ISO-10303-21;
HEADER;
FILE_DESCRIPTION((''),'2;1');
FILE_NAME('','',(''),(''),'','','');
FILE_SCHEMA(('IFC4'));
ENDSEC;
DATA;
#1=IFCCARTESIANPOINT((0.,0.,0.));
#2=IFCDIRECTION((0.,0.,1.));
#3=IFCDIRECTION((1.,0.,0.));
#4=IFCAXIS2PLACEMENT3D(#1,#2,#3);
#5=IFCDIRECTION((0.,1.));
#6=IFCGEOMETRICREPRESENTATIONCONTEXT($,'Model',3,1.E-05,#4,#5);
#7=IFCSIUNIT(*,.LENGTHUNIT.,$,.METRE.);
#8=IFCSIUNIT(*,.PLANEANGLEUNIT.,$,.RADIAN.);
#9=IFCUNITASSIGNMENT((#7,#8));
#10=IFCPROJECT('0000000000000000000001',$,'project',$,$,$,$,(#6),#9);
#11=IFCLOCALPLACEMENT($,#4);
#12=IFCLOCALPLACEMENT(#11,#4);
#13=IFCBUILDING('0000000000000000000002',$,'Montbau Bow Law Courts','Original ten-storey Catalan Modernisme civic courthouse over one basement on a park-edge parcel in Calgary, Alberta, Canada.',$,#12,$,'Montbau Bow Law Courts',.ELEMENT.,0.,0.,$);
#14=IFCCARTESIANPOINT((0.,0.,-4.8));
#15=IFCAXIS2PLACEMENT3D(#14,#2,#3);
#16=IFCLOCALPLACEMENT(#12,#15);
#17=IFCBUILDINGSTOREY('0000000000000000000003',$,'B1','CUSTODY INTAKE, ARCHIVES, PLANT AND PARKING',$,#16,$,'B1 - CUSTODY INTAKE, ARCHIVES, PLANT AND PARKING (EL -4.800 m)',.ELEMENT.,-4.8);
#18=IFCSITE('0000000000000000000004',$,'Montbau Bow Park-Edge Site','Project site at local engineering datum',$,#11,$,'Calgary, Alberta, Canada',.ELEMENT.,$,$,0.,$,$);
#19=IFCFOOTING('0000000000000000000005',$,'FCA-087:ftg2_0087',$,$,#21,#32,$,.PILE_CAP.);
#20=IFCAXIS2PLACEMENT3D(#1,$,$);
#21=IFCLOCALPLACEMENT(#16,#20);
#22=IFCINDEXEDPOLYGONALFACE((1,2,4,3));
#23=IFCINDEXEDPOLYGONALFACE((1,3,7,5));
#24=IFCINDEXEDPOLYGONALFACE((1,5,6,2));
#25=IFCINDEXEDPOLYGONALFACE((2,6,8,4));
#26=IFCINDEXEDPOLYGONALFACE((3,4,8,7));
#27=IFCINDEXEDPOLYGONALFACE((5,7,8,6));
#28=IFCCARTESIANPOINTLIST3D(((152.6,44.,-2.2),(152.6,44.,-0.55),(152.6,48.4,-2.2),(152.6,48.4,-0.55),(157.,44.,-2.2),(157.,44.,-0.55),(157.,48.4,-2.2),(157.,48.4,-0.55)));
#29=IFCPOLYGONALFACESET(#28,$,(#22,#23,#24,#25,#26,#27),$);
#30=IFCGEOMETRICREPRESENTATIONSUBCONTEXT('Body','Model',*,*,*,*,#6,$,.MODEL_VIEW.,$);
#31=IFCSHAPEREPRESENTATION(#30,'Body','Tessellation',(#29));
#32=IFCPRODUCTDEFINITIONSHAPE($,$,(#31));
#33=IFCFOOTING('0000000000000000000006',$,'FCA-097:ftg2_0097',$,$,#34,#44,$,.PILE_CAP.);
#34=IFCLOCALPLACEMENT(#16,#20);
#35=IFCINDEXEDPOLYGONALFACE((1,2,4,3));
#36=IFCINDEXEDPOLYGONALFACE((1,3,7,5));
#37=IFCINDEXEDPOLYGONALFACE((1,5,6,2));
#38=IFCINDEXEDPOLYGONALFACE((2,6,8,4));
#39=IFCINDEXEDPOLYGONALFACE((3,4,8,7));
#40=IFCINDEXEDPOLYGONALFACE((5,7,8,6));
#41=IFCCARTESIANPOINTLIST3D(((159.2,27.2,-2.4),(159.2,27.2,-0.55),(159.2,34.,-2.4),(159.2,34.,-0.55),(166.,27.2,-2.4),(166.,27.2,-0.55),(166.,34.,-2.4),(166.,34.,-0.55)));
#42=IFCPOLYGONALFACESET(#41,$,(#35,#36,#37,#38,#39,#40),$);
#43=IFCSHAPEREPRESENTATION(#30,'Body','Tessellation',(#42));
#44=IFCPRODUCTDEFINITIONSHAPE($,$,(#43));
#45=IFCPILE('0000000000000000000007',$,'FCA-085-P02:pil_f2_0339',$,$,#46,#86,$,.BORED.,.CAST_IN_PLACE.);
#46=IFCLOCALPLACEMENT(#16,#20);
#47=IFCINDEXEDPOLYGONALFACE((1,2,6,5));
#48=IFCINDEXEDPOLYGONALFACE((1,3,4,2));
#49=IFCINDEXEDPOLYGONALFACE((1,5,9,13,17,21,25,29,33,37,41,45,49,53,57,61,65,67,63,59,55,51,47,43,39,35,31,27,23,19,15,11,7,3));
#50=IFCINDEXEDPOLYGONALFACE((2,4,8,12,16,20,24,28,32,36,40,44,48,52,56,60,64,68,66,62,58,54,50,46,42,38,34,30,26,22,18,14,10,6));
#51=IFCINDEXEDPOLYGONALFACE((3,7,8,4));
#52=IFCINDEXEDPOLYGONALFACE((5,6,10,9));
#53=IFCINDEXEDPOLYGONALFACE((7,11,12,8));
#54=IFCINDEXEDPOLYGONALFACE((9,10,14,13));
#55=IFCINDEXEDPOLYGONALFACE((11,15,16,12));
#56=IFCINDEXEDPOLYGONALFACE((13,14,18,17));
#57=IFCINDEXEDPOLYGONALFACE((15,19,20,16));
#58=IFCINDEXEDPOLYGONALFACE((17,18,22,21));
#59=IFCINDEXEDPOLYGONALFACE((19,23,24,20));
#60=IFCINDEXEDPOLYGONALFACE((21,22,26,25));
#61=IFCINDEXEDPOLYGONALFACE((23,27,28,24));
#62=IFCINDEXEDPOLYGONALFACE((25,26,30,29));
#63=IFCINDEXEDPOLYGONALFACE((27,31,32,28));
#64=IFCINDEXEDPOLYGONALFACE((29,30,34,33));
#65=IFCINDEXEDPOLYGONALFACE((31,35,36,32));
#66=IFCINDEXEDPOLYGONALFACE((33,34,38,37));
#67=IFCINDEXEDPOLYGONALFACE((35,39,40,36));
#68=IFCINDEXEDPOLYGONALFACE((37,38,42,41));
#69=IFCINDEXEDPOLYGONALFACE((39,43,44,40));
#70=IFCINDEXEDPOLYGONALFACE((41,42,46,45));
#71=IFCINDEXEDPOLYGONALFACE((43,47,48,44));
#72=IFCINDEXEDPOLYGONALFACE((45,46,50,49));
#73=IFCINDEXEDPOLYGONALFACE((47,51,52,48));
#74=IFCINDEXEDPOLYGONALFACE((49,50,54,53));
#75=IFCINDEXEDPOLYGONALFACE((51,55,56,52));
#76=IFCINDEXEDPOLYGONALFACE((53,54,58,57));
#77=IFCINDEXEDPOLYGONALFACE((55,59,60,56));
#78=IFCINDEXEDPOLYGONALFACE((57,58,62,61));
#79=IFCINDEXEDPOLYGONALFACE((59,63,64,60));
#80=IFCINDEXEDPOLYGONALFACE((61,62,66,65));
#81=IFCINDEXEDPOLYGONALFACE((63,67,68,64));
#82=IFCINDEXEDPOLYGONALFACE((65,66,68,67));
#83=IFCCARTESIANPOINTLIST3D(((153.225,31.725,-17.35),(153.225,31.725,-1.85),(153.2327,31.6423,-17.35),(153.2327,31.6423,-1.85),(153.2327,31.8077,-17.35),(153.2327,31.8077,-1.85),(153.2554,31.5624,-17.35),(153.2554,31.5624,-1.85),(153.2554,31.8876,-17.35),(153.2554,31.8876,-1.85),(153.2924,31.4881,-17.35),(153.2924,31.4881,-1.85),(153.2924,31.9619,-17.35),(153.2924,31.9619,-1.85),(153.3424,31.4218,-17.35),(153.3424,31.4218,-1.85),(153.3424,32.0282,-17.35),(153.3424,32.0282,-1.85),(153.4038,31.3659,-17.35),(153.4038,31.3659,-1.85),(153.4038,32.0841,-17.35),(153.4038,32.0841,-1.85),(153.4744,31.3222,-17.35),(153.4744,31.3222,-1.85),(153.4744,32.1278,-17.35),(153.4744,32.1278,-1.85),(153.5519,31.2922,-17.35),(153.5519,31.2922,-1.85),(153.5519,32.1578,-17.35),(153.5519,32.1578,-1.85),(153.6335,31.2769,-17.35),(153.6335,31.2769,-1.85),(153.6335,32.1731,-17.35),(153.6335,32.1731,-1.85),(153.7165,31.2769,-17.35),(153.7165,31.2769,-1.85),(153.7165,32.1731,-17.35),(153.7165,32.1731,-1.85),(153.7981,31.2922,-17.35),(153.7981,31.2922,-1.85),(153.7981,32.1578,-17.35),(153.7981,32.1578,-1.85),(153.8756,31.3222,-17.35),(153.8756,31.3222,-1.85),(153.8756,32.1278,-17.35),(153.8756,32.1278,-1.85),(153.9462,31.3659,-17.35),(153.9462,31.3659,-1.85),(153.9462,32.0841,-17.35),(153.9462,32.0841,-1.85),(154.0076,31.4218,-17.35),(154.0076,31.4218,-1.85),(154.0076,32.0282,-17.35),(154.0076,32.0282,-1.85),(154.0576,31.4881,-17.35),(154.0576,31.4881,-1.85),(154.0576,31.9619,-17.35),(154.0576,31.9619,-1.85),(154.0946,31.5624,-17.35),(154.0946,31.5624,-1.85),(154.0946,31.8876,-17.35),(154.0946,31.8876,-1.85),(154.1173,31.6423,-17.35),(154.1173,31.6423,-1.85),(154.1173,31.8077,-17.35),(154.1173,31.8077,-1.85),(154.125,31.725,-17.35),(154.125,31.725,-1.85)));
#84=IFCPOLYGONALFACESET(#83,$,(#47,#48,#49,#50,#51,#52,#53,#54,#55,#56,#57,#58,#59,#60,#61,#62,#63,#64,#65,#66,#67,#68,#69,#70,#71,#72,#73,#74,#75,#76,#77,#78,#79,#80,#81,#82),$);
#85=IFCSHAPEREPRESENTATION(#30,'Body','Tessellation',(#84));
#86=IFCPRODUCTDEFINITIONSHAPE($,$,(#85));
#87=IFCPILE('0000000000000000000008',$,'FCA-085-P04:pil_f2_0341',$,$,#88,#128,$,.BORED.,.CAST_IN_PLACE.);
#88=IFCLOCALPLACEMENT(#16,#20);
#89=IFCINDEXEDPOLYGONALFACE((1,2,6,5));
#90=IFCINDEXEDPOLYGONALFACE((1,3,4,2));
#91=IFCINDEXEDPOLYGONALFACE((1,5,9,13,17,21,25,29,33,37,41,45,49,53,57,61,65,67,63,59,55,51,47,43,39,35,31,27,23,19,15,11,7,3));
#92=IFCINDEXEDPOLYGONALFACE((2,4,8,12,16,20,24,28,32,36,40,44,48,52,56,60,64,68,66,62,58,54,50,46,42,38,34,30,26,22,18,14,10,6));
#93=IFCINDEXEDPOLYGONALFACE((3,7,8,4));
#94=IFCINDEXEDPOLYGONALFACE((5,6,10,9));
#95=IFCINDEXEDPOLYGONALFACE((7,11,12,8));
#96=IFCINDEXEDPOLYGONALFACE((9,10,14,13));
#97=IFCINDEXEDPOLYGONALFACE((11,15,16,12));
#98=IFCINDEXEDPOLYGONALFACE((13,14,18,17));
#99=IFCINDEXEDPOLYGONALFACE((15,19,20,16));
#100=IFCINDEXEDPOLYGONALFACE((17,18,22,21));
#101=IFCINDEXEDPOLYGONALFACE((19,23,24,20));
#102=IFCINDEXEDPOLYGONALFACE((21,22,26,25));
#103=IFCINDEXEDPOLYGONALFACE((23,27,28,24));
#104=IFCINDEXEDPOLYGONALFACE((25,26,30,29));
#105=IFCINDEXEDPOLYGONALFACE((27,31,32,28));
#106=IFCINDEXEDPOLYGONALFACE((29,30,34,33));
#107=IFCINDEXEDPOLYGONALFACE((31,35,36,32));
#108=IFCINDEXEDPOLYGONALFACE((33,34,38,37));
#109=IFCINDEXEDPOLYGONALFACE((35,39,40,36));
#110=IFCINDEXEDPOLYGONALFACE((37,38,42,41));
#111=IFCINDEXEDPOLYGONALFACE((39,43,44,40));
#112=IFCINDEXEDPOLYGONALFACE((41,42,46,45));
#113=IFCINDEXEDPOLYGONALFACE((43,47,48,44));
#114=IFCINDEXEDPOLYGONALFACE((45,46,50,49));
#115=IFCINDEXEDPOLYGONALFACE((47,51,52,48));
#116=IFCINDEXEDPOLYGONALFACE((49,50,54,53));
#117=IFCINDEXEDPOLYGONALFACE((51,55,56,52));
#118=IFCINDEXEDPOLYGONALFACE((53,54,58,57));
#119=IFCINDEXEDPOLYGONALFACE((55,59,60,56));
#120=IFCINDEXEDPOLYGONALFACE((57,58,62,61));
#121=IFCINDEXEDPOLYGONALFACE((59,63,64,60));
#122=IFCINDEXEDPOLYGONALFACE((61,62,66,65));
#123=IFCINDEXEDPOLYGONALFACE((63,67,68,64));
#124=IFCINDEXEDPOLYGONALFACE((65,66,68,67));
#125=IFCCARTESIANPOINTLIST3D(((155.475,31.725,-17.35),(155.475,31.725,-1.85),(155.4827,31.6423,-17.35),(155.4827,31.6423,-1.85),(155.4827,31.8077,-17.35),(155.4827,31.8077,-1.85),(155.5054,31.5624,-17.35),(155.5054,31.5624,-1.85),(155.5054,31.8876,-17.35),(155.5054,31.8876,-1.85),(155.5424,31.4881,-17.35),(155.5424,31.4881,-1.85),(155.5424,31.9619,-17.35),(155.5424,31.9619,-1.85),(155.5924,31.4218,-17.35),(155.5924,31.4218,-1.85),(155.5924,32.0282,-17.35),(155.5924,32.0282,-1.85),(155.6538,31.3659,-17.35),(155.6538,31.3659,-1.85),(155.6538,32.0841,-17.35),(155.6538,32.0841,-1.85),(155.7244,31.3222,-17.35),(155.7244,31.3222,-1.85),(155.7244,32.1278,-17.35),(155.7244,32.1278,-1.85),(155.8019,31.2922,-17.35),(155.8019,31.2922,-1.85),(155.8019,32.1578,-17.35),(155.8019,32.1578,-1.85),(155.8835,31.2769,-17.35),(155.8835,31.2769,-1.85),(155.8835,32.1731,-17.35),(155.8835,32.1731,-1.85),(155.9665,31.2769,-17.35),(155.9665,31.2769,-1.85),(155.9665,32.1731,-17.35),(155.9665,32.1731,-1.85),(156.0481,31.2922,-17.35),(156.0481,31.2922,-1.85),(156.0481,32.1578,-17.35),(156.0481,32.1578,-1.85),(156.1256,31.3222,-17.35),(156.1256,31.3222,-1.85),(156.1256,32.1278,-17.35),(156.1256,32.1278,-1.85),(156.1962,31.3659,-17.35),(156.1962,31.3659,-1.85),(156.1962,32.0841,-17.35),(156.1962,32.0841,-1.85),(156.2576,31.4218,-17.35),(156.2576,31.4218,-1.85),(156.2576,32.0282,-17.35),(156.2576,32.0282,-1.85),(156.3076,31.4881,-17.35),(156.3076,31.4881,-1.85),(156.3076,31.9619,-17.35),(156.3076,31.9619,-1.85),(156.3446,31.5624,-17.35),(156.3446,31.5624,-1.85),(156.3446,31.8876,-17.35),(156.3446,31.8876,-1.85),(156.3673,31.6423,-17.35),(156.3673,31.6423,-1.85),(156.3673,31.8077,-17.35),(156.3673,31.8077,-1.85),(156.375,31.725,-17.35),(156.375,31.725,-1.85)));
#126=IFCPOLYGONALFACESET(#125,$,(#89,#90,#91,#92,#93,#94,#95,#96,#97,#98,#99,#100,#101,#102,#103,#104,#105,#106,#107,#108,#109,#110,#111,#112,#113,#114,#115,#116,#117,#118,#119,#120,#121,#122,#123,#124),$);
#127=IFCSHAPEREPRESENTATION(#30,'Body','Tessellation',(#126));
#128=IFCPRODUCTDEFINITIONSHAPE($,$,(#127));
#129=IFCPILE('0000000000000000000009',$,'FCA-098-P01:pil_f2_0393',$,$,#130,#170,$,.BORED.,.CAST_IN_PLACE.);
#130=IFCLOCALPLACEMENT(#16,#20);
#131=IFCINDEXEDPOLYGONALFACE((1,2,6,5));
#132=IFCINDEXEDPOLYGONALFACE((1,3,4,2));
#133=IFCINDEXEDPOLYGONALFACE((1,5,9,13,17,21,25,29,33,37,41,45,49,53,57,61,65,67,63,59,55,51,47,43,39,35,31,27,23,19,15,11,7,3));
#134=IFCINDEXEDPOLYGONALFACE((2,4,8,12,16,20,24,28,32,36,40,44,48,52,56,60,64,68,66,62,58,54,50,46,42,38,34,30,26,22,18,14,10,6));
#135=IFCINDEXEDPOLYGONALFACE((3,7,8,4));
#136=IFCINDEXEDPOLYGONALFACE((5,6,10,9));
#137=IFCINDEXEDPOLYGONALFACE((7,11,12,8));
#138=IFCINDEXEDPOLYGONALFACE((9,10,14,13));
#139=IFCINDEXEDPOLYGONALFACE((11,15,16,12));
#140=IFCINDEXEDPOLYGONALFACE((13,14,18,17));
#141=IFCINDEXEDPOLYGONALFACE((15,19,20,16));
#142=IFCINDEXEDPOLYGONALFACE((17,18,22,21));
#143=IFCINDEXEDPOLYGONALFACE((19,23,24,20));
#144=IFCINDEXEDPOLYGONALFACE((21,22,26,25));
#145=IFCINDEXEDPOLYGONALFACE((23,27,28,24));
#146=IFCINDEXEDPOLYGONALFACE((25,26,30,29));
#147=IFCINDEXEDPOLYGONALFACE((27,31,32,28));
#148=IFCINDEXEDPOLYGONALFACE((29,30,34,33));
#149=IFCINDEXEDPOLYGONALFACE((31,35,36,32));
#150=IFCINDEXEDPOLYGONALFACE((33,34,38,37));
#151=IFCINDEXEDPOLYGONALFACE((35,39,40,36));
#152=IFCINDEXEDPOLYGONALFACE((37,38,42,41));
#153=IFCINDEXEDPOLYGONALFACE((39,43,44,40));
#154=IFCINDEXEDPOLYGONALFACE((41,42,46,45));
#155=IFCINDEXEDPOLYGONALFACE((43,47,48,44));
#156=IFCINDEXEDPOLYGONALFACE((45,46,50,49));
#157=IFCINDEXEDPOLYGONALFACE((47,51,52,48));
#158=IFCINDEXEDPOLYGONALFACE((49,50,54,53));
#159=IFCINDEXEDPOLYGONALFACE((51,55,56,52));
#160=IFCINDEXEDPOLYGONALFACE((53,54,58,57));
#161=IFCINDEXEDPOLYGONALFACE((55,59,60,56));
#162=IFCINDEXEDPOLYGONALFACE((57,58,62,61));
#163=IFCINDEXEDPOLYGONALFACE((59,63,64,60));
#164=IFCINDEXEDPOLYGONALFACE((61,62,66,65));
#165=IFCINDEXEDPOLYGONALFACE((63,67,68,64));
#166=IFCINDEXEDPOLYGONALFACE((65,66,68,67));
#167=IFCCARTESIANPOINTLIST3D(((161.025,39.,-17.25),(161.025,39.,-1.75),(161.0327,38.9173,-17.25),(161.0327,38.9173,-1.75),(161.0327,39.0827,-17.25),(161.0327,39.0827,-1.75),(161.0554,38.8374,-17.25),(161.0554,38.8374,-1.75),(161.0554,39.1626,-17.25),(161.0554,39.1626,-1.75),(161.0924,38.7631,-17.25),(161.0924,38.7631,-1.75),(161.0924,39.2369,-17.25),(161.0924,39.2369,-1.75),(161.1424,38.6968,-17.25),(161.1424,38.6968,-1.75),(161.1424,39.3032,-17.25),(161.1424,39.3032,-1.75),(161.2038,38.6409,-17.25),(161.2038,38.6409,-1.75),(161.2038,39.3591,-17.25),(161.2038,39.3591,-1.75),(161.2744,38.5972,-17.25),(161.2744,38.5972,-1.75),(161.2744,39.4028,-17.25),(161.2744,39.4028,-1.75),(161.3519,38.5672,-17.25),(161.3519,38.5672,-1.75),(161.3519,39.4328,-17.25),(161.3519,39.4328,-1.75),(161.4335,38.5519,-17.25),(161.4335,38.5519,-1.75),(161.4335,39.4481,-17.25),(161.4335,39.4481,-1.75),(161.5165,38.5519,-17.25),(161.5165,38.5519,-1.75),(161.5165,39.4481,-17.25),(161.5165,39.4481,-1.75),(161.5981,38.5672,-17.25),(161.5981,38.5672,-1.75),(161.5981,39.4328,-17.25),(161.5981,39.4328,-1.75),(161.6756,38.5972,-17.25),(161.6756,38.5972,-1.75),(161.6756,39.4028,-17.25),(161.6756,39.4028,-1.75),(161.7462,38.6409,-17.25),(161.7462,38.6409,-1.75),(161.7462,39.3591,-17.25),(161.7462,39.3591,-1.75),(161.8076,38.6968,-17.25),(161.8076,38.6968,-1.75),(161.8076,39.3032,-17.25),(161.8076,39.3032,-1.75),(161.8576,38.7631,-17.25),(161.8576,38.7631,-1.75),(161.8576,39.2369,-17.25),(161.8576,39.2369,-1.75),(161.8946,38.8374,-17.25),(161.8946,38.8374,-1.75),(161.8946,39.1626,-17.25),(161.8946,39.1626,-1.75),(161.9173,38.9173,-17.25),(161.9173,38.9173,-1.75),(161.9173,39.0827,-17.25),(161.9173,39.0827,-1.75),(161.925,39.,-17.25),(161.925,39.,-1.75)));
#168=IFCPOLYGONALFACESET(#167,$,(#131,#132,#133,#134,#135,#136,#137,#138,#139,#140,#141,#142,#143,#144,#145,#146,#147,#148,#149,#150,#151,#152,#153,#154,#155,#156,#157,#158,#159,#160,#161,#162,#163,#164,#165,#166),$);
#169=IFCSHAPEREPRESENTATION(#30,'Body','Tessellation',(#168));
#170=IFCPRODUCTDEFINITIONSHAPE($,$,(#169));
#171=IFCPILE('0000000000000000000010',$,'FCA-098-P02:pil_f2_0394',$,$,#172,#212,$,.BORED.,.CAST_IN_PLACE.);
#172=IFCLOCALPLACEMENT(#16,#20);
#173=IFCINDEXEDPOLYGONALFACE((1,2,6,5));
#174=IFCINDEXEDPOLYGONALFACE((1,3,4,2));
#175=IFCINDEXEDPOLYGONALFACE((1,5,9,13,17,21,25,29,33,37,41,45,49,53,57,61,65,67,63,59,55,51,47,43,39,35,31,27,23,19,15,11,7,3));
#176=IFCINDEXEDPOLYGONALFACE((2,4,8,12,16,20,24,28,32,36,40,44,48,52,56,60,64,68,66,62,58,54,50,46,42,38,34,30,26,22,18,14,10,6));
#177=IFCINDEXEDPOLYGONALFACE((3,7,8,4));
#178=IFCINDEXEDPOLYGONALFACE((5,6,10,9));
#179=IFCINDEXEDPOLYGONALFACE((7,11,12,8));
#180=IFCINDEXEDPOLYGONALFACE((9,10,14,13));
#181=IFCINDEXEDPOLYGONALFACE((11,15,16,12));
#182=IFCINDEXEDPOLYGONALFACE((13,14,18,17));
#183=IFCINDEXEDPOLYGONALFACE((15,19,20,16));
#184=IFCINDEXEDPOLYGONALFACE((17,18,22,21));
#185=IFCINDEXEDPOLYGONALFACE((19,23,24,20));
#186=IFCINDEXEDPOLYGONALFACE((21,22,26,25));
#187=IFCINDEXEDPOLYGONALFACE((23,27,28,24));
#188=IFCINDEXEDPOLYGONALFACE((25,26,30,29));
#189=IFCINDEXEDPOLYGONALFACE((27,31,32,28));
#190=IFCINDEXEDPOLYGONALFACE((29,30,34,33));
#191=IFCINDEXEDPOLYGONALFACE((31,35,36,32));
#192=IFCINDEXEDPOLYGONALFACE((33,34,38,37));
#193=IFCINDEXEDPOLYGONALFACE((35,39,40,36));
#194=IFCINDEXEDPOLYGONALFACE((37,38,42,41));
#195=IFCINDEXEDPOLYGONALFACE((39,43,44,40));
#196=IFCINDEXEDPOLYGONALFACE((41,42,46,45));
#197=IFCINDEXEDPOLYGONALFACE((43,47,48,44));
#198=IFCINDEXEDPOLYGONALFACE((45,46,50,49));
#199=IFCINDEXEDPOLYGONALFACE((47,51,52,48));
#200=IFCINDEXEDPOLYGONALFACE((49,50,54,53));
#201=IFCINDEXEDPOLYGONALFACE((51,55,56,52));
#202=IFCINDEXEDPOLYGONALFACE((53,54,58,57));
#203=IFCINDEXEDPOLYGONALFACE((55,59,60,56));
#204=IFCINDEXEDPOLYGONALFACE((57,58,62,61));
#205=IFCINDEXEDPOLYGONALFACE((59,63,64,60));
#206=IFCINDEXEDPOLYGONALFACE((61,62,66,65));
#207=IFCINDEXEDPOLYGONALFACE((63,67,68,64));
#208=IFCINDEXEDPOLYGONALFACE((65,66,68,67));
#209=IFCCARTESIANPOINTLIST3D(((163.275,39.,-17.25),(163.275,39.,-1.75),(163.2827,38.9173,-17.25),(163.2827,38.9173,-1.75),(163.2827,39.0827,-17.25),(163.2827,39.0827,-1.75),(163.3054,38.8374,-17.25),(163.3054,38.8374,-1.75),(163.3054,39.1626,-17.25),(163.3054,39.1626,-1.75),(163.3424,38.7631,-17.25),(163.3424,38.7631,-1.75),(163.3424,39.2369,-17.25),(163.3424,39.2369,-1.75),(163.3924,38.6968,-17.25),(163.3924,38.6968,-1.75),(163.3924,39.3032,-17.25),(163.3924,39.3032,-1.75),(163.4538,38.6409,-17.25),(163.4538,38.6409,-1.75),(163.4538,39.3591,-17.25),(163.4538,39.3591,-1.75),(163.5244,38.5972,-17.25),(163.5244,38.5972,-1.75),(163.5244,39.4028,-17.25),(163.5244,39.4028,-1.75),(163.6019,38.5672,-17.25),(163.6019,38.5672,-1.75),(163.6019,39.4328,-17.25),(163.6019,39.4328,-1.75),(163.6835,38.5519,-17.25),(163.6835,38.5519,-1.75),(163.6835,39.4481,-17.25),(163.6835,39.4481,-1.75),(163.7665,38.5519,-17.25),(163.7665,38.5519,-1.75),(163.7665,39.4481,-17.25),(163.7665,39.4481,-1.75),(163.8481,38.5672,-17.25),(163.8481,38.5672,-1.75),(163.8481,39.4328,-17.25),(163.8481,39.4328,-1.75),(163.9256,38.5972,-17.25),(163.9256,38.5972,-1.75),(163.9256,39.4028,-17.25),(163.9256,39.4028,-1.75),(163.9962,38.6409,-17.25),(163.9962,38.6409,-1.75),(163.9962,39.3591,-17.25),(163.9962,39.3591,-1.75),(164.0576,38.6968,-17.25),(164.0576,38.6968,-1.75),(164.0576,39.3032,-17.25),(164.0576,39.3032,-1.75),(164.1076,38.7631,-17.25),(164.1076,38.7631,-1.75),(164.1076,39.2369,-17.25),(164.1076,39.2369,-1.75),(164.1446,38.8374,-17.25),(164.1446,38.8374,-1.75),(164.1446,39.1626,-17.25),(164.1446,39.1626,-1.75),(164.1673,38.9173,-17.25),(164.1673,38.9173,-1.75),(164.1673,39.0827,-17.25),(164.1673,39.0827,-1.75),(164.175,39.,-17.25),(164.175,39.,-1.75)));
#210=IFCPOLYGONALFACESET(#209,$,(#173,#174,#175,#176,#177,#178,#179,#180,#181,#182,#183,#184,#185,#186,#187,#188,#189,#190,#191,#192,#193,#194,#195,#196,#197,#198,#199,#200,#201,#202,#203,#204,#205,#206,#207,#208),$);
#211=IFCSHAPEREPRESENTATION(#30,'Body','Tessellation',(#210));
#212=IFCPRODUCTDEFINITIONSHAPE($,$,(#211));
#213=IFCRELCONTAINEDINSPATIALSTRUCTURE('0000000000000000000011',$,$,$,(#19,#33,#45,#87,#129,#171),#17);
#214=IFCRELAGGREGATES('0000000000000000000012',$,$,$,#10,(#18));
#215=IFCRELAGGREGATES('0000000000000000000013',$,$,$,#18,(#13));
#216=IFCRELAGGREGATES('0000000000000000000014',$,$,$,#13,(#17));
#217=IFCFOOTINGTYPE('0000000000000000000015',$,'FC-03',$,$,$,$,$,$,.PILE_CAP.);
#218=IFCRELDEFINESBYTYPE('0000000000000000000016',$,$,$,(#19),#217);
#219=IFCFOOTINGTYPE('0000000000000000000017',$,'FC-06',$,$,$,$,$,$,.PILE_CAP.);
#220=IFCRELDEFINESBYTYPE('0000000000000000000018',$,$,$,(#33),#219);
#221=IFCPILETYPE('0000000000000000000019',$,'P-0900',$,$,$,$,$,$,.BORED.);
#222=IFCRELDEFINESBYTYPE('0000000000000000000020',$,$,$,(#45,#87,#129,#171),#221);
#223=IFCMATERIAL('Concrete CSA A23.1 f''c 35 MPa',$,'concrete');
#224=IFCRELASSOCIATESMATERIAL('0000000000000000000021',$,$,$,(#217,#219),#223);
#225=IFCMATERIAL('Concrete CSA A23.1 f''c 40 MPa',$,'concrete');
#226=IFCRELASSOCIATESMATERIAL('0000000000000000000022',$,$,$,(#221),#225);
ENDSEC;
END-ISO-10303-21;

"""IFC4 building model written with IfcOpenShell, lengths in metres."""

from ifc_helpers import new_model, si_unit, direction, frame, origin_with_axes, origin_2d_with_axis, place, context, subcontext, project, spatial, rectangle, circle, extrude, material, material_profile, profile_set, type_object, element, save


model = new_model("IFC4")

# Units and contexts
model_context = context("Model", 3, precision=1e-05, world=origin_with_axes(), true_north=direction((0.0, 1.0)))
body_context = subcontext(model_context, "Body", "Model", "MODEL_VIEW")
ifc_project = project(units=[si_unit("LENGTHUNIT", "METRE"), si_unit("PLANEANGLEUNIT", "RADIAN")], contexts=[model_context])

# Site, building, storey
site_placement = place(None, origin_with_axes())
site = spatial("IfcSite", under=ifc_project, at=site_placement, Name="Montbau Bow Park-Edge Site", Description="Project site at local engineering datum", LongName="Calgary, Alberta, Canada", CompositionType="ELEMENT", RefElevation=0.0)
building_placement = place(site_placement, origin_with_axes())
building = spatial("IfcBuilding", under=site, at=building_placement, Name="Montbau Bow Law Courts", Description="Original ten-storey Catalan Modernisme civic courthouse over one basement on a park-edge parcel in Calgary, Alberta, Canada.", LongName="Montbau Bow Law Courts", CompositionType="ELEMENT", ElevationOfRefHeight=0.0, ElevationOfTerrain=0.0)
storey_placement = place(building_placement, frame((0.0, 0.0, -4.8), z_axis=(0.0, 0.0, 1.0), x_axis=(1.0, 0.0, 0.0)))
storey = spatial("IfcBuildingStorey", under=building, at=storey_placement, Name="B1", Description="CUSTODY INTAKE, ARCHIVES, PLANT AND PARKING", LongName="B1 - CUSTODY INTAKE, ARCHIVES, PLANT AND PARKING (EL -4.800 m)", CompositionType="ELEMENT", Elevation=-4.8)

# Footings
ifc_material_1 = material(Name="Concrete CSA A23.1 f'c 35 MPa", Category="concrete")
footing_type_1 = type_object("IfcFootingType", Name="FC-03", PredefinedType="PILE_CAP", material=ifc_material_1)
footing_1_placement = place(None, frame((154.8, 46.2, -7.0), z_axis=(0.0, 0.0, 1.0), x_axis=(1.0, 0.0, 0.0)))
element("IfcFooting", 1, at=footing_1_placement, inside=storey, type_object=footing_type_1, Name="FCA-087:ftg2_0087", PredefinedType="PILE_CAP", context=body_context, shape_type="SweptSolid", body=[
    extrude(rectangle(XDim=4.4, YDim=4.4, at=origin_2d_with_axis()), origin_with_axes(), (0.0, 0.0, 1.0), 1.65),
])
footing_type_2 = type_object("IfcFootingType", Name="FC-06", PredefinedType="PILE_CAP", material=ifc_material_1)
footing_2_placement = place(None, frame((162.6, 30.6, -7.2), z_axis=(0.0, 0.0, 1.0), x_axis=(1.0, 0.0, 0.0)))
element("IfcFooting", 2, at=footing_2_placement, inside=storey, type_object=footing_type_2, Name="FCA-097:ftg2_0097", PredefinedType="PILE_CAP", context=body_context, shape_type="SweptSolid", body=[
    extrude(rectangle(XDim=6.8, YDim=6.8, at=origin_2d_with_axis()), origin_with_axes(), (0.0, 0.0, 1.0), 1.85),
])

# Piles
ifc_material_2 = material(Name="Concrete CSA A23.1 f'c 40 MPa", Category="concrete")
ifc_material_profile_1 = material_profile(ifc_material_2, circle(Radius=0.45, at=origin_2d_with_axis()), Name="BP900", Category="Main", Priority=0)
ifc_profile_set_1 = profile_set([ifc_material_profile_1], Name="Concrete CSA A23.1 f'c 40 MPa")
pile_type_1 = type_object("IfcPileType", Name="P-0900", PredefinedType="BORED", material=ifc_profile_set_1)
for number, where, z_axis, x_axis, name in (
    (3, (153.675, 31.725, -22.15), (0.0, 0.0, 1.0), (1.0, 0.0, 0.0), "FCA-085-P02:pil_f2_0339"),
    (4, (155.925, 31.725, -22.15), (0.0, 0.0, 1.0), (1.0, 0.0, 0.0), "FCA-085-P04:pil_f2_0341"),
    (5, (161.475, 39.0, -22.05), (0.0, 0.0, 1.0), (1.0, 0.0, 0.0), "FCA-098-P01:pil_f2_0393"),
    (6, (163.725, 39.0, -22.05), (0.0, 0.0, 1.0), (1.0, 0.0, 0.0), "FCA-098-P02:pil_f2_0394"),
):
    element("IfcPile", number, at=place(None, frame(where, z_axis=z_axis, x_axis=x_axis)), inside=storey, type_object=pile_type_1, Name=name, ConstructionType="CAST_IN_PLACE", PredefinedType="BORED", context=body_context, shape_type="SweptSolid", body=[
        extrude(circle(Radius=0.45, at=origin_2d_with_axis()), origin_with_axes(), (0.0, 0.0, 1.0), 15.5),
    ])

save(model, "model.ifc")
